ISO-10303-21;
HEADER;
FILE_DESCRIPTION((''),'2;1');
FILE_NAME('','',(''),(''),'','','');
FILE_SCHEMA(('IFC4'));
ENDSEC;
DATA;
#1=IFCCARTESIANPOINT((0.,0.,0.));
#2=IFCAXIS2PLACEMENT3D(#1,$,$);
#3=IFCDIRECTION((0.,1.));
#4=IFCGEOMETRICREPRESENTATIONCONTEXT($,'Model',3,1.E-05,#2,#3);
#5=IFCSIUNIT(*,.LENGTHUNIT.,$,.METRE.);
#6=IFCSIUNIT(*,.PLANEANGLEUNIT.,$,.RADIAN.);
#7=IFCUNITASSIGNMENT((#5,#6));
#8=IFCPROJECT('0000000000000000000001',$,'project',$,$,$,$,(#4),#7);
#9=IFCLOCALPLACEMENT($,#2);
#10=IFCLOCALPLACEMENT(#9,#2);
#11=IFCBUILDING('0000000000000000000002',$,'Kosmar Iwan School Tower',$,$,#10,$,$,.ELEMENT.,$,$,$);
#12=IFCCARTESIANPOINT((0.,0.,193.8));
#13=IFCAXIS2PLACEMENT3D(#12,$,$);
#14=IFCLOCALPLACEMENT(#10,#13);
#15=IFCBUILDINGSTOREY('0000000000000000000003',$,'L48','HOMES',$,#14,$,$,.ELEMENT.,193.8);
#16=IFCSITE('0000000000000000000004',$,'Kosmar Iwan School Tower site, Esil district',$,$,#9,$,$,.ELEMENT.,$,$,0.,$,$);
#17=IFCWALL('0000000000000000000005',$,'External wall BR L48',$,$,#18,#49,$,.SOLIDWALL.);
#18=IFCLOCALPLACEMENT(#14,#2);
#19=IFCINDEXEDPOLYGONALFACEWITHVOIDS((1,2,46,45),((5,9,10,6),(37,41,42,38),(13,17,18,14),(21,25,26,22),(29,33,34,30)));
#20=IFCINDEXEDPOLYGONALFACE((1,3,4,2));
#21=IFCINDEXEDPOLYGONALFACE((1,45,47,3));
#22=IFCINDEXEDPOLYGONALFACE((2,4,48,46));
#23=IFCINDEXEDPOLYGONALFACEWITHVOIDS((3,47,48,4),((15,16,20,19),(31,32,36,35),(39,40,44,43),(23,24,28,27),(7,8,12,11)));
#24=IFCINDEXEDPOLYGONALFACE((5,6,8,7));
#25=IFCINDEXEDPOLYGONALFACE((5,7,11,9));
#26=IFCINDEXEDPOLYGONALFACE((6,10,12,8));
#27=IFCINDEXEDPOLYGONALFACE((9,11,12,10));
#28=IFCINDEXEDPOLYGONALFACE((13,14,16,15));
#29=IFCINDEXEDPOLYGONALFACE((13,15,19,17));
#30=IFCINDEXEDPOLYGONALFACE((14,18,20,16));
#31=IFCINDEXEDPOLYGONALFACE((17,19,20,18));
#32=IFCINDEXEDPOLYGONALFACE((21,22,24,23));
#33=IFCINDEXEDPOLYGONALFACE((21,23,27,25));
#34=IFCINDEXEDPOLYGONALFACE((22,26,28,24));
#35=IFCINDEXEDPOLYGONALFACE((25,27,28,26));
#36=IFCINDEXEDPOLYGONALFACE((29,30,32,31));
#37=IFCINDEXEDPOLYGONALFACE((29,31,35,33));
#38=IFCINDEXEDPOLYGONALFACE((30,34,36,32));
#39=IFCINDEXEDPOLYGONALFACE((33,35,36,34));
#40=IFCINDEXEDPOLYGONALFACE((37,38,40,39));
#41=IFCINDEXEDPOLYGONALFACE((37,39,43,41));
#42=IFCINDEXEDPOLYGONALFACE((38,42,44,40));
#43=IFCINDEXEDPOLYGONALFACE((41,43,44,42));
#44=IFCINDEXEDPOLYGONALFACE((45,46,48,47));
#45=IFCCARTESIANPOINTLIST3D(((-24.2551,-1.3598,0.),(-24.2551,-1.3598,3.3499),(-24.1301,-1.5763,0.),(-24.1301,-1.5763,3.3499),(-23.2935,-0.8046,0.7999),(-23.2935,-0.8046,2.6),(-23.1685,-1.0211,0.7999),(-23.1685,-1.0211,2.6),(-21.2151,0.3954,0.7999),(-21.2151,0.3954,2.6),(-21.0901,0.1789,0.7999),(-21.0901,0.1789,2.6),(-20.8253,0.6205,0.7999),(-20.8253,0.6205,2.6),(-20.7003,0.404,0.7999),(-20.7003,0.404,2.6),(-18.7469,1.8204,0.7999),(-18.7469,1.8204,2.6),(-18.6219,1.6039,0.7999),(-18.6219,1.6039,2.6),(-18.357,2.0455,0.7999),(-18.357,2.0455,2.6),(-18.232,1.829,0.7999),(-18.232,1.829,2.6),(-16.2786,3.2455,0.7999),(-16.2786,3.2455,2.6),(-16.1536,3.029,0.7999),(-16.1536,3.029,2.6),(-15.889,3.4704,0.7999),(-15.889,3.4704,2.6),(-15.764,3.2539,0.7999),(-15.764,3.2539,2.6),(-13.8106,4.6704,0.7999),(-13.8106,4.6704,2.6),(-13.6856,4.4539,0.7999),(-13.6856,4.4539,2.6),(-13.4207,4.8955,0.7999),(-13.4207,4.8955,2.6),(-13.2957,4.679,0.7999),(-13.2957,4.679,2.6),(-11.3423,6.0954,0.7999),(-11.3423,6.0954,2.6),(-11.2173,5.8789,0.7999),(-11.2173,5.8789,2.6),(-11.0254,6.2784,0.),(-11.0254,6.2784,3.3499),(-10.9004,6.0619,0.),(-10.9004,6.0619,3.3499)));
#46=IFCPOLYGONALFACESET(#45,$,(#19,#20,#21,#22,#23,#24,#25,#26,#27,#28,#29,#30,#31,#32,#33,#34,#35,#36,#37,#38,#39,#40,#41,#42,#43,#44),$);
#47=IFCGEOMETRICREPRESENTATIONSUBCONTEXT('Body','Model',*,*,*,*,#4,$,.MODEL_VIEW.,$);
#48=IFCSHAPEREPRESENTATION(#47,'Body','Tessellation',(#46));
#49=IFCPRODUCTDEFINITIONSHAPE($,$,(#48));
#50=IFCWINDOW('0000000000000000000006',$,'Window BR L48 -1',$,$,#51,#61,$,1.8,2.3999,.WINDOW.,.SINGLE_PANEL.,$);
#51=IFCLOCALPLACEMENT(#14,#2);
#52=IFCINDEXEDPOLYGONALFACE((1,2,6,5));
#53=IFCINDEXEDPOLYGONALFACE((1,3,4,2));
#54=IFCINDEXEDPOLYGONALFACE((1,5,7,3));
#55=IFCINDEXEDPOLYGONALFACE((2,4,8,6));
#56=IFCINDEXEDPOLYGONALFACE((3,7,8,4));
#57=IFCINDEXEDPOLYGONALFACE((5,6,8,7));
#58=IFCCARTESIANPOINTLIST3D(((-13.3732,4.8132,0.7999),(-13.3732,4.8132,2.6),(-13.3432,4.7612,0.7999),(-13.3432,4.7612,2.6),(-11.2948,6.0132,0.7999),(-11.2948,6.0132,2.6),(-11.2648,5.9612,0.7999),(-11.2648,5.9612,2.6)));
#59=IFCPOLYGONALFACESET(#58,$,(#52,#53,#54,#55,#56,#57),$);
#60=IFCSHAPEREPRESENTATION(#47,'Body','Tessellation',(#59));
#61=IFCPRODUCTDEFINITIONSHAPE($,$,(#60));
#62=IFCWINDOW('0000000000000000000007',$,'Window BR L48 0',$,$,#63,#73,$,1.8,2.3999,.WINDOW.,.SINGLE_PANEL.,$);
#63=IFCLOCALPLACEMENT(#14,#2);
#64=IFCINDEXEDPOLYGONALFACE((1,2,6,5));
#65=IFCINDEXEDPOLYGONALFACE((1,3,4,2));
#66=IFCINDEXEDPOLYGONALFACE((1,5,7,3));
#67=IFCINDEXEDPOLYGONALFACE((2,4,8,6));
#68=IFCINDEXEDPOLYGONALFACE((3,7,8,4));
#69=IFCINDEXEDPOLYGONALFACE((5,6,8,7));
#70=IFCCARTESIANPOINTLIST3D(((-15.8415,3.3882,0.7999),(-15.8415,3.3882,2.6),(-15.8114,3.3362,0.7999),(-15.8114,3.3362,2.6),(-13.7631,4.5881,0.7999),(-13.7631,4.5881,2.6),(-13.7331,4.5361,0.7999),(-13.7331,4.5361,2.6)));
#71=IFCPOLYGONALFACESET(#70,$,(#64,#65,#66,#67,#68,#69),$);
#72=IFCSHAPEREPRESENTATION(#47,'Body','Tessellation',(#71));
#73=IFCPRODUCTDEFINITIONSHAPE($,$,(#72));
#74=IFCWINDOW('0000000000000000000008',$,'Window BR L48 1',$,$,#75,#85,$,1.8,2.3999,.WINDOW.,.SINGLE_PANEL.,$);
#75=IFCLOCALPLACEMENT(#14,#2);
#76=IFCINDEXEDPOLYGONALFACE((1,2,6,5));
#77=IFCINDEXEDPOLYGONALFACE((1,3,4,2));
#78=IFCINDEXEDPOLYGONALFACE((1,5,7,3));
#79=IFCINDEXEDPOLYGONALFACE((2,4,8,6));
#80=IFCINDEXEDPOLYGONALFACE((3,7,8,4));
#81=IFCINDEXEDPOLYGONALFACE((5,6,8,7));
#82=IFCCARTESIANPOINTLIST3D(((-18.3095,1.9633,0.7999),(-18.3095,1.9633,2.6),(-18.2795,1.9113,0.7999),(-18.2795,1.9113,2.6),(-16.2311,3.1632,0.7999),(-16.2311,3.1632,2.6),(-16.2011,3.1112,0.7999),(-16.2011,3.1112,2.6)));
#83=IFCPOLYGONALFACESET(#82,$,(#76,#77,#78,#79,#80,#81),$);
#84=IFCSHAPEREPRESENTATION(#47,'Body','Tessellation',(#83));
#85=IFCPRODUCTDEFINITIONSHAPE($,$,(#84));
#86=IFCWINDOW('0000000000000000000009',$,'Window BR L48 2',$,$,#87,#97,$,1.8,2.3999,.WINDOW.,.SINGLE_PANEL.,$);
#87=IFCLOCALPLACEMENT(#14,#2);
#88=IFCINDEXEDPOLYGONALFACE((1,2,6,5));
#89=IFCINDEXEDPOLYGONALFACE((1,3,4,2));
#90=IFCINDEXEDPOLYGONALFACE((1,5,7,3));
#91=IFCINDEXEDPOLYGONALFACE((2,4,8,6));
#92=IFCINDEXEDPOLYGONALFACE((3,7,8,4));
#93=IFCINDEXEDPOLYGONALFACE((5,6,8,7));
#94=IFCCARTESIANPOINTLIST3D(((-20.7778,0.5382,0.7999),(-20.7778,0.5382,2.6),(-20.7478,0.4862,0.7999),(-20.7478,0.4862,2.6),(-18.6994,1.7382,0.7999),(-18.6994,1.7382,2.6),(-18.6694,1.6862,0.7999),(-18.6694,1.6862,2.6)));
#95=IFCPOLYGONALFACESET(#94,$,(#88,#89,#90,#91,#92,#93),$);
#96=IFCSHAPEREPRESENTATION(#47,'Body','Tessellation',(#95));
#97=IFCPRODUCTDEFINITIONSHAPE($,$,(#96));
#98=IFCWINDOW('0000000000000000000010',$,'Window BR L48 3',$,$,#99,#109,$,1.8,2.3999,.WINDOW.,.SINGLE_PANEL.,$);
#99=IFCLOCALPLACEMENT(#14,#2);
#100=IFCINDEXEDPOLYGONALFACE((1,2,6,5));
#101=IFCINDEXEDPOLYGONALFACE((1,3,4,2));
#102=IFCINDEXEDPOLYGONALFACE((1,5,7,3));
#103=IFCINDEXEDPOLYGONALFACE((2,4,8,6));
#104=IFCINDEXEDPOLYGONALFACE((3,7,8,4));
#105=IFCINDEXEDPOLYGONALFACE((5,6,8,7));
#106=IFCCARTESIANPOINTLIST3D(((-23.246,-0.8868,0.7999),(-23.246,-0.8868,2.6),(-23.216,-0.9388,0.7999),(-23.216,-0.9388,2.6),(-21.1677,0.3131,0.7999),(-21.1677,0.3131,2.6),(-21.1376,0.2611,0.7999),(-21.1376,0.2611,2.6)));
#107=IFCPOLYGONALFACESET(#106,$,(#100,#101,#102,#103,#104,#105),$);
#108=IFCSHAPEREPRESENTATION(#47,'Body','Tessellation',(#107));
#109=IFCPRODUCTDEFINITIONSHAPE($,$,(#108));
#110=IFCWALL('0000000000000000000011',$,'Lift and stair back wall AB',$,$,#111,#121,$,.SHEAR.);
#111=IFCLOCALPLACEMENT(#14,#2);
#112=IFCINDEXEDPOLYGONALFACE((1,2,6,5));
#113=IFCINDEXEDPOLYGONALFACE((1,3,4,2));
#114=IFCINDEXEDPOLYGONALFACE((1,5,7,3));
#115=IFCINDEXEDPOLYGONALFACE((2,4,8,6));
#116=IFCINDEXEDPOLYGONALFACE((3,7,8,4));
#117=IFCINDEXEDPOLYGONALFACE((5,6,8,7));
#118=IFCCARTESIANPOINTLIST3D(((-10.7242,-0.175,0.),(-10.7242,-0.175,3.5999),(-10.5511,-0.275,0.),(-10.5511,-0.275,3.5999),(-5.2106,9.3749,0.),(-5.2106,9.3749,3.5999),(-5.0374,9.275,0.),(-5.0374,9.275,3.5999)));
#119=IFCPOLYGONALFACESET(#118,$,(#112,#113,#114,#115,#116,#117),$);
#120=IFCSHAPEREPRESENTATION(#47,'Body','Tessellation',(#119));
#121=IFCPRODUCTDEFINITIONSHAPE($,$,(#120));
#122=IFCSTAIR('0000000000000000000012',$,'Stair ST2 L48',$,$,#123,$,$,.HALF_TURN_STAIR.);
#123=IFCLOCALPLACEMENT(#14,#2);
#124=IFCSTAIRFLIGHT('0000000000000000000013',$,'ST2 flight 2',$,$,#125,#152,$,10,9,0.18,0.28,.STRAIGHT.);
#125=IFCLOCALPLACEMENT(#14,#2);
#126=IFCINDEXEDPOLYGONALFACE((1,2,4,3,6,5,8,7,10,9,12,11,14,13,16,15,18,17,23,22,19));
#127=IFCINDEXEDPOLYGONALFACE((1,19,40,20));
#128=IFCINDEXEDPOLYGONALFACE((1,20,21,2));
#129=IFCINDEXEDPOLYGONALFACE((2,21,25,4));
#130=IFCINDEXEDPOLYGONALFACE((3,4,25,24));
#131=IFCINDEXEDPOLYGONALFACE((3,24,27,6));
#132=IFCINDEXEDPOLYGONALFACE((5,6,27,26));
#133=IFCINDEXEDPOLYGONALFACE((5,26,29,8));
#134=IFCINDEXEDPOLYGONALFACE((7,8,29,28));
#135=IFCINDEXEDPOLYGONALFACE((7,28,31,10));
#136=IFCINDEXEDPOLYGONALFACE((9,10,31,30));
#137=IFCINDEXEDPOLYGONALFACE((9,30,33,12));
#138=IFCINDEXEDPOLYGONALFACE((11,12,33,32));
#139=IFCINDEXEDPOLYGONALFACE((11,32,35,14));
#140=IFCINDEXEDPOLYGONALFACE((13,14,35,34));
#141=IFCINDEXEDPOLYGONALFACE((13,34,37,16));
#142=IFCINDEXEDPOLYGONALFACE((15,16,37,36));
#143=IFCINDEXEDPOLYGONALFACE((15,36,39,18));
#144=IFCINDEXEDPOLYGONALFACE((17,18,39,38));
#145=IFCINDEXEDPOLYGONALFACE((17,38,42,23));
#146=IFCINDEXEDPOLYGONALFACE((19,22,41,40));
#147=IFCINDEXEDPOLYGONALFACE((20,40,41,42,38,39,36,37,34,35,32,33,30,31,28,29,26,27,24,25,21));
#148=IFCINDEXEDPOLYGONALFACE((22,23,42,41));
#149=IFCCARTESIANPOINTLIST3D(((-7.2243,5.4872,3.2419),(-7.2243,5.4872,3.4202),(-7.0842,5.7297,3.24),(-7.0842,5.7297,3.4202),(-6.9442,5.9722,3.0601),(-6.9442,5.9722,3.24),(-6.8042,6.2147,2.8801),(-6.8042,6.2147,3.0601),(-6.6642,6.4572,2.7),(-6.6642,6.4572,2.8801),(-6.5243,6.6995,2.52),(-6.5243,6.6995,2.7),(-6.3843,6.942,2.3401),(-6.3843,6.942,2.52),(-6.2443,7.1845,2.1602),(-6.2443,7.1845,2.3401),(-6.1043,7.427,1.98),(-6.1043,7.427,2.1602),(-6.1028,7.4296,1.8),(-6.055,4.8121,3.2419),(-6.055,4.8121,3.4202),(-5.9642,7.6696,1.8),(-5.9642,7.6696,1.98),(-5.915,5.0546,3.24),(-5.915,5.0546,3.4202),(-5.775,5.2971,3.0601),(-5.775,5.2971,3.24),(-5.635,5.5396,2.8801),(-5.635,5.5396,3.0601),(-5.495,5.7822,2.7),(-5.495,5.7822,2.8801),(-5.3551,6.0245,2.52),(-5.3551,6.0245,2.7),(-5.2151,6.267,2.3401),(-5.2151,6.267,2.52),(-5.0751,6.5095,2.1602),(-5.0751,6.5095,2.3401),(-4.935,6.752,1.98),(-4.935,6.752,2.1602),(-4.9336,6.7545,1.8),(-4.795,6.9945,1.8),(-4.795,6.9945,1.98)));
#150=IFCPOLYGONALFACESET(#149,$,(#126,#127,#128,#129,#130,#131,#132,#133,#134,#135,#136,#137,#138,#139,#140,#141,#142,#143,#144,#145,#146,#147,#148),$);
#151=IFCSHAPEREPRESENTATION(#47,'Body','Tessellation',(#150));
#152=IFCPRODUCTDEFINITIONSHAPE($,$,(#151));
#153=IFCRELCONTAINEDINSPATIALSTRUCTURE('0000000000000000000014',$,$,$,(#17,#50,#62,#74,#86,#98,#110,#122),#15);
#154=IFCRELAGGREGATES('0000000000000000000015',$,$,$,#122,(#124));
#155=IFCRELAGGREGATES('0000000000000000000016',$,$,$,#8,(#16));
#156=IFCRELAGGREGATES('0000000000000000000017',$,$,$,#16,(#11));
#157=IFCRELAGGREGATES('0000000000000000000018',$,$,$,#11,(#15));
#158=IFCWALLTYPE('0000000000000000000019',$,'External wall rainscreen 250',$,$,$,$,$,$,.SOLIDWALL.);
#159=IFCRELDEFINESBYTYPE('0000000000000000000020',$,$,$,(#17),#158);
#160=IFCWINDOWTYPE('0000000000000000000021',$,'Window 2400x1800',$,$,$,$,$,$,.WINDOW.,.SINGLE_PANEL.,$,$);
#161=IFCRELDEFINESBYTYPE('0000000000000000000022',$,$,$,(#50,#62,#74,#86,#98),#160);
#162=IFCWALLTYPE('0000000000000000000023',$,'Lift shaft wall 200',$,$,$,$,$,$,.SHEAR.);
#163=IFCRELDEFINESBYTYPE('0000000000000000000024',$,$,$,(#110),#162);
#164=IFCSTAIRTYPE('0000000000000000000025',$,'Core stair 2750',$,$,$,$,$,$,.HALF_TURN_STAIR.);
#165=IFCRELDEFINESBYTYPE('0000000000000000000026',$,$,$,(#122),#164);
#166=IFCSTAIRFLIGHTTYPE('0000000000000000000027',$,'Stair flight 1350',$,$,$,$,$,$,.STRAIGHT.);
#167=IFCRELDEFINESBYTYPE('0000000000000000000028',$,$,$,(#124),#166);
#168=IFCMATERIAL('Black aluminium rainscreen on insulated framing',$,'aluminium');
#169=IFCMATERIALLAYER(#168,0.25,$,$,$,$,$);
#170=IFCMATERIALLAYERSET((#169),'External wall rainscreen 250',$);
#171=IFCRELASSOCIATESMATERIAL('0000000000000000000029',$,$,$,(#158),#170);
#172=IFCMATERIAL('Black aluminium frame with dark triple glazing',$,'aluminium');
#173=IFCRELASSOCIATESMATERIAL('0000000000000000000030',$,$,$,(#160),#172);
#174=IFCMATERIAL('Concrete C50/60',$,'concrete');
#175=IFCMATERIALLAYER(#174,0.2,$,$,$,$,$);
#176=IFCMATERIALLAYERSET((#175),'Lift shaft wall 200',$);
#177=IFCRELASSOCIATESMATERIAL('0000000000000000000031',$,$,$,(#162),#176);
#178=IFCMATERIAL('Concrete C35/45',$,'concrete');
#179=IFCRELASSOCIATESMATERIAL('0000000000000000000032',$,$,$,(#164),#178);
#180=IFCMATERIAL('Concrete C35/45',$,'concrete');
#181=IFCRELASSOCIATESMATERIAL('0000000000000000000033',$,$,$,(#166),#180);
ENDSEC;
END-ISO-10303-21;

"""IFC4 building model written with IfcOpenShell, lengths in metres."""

from ifc_helpers import new_model, si_unit, direction, frame, frame_2d, origin, place, context, subcontext, project, spatial, polyline, rectangle, outline, extrude, material, layer, layer_set, type_object, element, fill, aggregate, save


model = new_model("IFC4")

# Units and contexts
model_context = context("Model", 3, precision=1e-05, world=origin(), true_north=direction((0.0, 1.0)))
body_context = subcontext(model_context, "Body", "Model", "MODEL_VIEW")
ifc_project = project(units=[si_unit("LENGTHUNIT", "METRE"), si_unit("PLANEANGLEUNIT", "RADIAN")], contexts=[model_context])

# Site, building, storey
site_placement = place(None, origin())
site = spatial("IfcSite", under=ifc_project, at=site_placement, Name="Kosmar Iwan School Tower site, Esil district", CompositionType="ELEMENT", RefElevation=0.0)
building_placement = place(site_placement, origin())
building = spatial("IfcBuilding", under=site, at=building_placement, Name="Kosmar Iwan School Tower", CompositionType="ELEMENT")
storey_placement = place(building_placement, frame((0.0, 0.0, 193.8)))
storey = spatial("IfcBuildingStorey", under=building, at=storey_placement, Name="L48", Description="HOMES", CompositionType="ELEMENT", Elevation=193.8)

# Wall, openings, windows
ifc_material_1 = material(Name="Black aluminium rainscreen on insulated framing", Category="aluminium")
ifc_layer_1 = layer(ifc_material_1, 0.25)
ifc_layer_set_1 = layer_set([ifc_layer_1], Name="External wall rainscreen 250")
wall_type_1 = type_object("IfcWallType", Name="External wall rainscreen 250", PredefinedType="SOLIDWALL", material=ifc_layer_set_1)
ifc_material_2 = material(Name="Black aluminium frame with dark triple glazing", Category="aluminium")
window_type = type_object("IfcWindowType", Name="Window 2400x1800", PartitioningType="SINGLE_PANEL", PredefinedType="WINDOW", material=ifc_material_2)
wall_1_placement = place(storey_placement, frame((-10.9629, 6.1702, 0.0), z_axis=(0.0, 0.0, 1.0), x_axis=(-0.866026, -0.5, 0.0)))
wall_1 = element("IfcWall", 1, at=wall_1_placement, inside=storey, type_object=wall_type_1, Name="External wall BR L48", PredefinedType="SOLIDWALL", context=body_context, shape_type="SweptSolid", body=[
    extrude(rectangle(XDim=15.2764, YDim=0.25, at=frame_2d((7.6382, 0.0))), origin(), (0.0, 0.0, 1.0), 3.3499),
])
opening_1_placement = place(wall_1_placement, frame((0.366, 0.0, 0.8)))
opening_1 = element("IfcOpeningElement", 2, at=opening_1_placement, cuts=wall_1, PredefinedType="OPENING", context=body_context, shape_type="SweptSolid", body=[
    extrude(rectangle(XDim=2.3999, YDim=1.8, at=frame_2d((1.2, 0.8999))), frame((0.0, 0.137, 0.0), z_axis=(0.0, -1.0, 0.0), x_axis=(1.0, 0.0, 0.0)), (0.0, 0.0, 1.0), 0.2739),
])
opening_2_placement = place(wall_1_placement, frame((3.2161, 0.0, 0.8)))
opening_2 = element("IfcOpeningElement", 3, at=opening_2_placement, cuts=wall_1, PredefinedType="OPENING", context=body_context, shape_type="SweptSolid", body=[
    extrude(rectangle(XDim=2.3999, YDim=1.8, at=frame_2d((1.2, 0.8999))), frame((0.0, 0.137, 0.0), z_axis=(0.0, -1.0, 0.0), x_axis=(1.0, 0.0, 0.0)), (0.0, 0.0, 1.0), 0.2739),
])
opening_3_placement = place(wall_1_placement, frame((6.0659, 0.0, 0.8)))
opening_3 = element("IfcOpeningElement", 4, at=opening_3_placement, cuts=wall_1, PredefinedType="OPENING", context=body_context, shape_type="SweptSolid", body=[
    extrude(rectangle(XDim=2.3999, YDim=1.8, at=frame_2d((1.2, 0.8999))), frame((0.0, 0.137, 0.0), z_axis=(0.0, -1.0, 0.0), x_axis=(1.0, 0.0, 0.0)), (0.0, 0.0, 1.0), 0.2739),
])
opening_4_placement = place(wall_1_placement, frame((8.916, 0.0, 0.8)))
opening_4 = element("IfcOpeningElement", 5, at=opening_4_placement, cuts=wall_1, PredefinedType="OPENING", context=body_context, shape_type="SweptSolid", body=[
    extrude(rectangle(XDim=2.3999, YDim=1.8, at=frame_2d((1.2, 0.8999))), frame((0.0, 0.137, 0.0), z_axis=(0.0, -1.0, 0.0), x_axis=(1.0, 0.0, 0.0)), (0.0, 0.0, 1.0), 0.2739),
])
opening_5_placement = place(wall_1_placement, frame((11.7661, 0.0, 0.8)))
opening_5 = element("IfcOpeningElement", 6, at=opening_5_placement, cuts=wall_1, PredefinedType="OPENING", context=body_context, shape_type="SweptSolid", body=[
    extrude(rectangle(XDim=2.3999, YDim=1.8, at=frame_2d((1.2, 0.8999))), frame((0.0, 0.137, 0.0), z_axis=(0.0, -1.0, 0.0), x_axis=(1.0, 0.0, 0.0)), (0.0, 0.0, 1.0), 0.2739),
])
window_1_placement = place(opening_1_placement, origin())
window_1 = element("IfcWindow", 7, at=window_1_placement, inside=storey, type_object=window_type, Name="Window BR L48 -1", OverallHeight=1.8, OverallWidth=2.3999, PartitioningType="SINGLE_PANEL", PredefinedType="WINDOW", context=body_context, shape_type="SweptSolid", body=[
    extrude(rectangle(XDim=2.3999, YDim=1.8, at=frame_2d((1.2, 0.8999))), frame((0.0, 0.03, 0.0), z_axis=(0.0, -1.0, 0.0), x_axis=(1.0, 0.0, 0.0)), (0.0, 0.0, 1.0), 0.0601),
])
fill(opening_1, window_1)
window_2_placement = place(opening_2_placement, origin())
window_2 = element("IfcWindow", 8, at=window_2_placement, inside=storey, type_object=window_type, Name="Window BR L48 0", OverallHeight=1.8, OverallWidth=2.3999, PartitioningType="SINGLE_PANEL", PredefinedType="WINDOW", context=body_context, shape_type="SweptSolid", body=[
    extrude(rectangle(XDim=2.3999, YDim=1.8, at=frame_2d((1.2, 0.8999))), frame((0.0, 0.03, 0.0), z_axis=(0.0, -1.0, 0.0), x_axis=(1.0, 0.0, 0.0)), (0.0, 0.0, 1.0), 0.0601),
])
fill(opening_2, window_2)
window_3_placement = place(opening_3_placement, origin())
window_3 = element("IfcWindow", 9, at=window_3_placement, inside=storey, type_object=window_type, Name="Window BR L48 1", OverallHeight=1.8, OverallWidth=2.3999, PartitioningType="SINGLE_PANEL", PredefinedType="WINDOW", context=body_context, shape_type="SweptSolid", body=[
    extrude(rectangle(XDim=2.3999, YDim=1.8, at=frame_2d((1.2, 0.8999))), frame((0.0, 0.03, 0.0), z_axis=(0.0, -1.0, 0.0), x_axis=(1.0, 0.0, 0.0)), (0.0, 0.0, 1.0), 0.0601),
])
fill(opening_3, window_3)
window_4_placement = place(opening_4_placement, origin())
window_4 = element("IfcWindow", 10, at=window_4_placement, inside=storey, type_object=window_type, Name="Window BR L48 2", OverallHeight=1.8, OverallWidth=2.3999, PartitioningType="SINGLE_PANEL", PredefinedType="WINDOW", context=body_context, shape_type="SweptSolid", body=[
    extrude(rectangle(XDim=2.3999, YDim=1.8, at=frame_2d((1.2, 0.8999))), frame((0.0, 0.03, 0.0), z_axis=(0.0, -1.0, 0.0), x_axis=(1.0, 0.0, 0.0)), (0.0, 0.0, 1.0), 0.0601),
])
fill(opening_4, window_4)
window_5_placement = place(opening_5_placement, origin())
window_5 = element("IfcWindow", 11, at=window_5_placement, inside=storey, type_object=window_type, Name="Window BR L48 3", OverallHeight=1.8, OverallWidth=2.3999, PartitioningType="SINGLE_PANEL", PredefinedType="WINDOW", context=body_context, shape_type="SweptSolid", body=[
    extrude(rectangle(XDim=2.3999, YDim=1.8, at=frame_2d((1.2, 0.8999))), frame((0.0, 0.03, 0.0), z_axis=(0.0, -1.0, 0.0), x_axis=(1.0, 0.0, 0.0)), (0.0, 0.0, 1.0), 0.0601),
])
fill(opening_5, window_5)

# Wall
ifc_material_3 = material(Name="Concrete C50/60", Category="concrete")
ifc_layer_2 = layer(ifc_material_3, 0.2)
ifc_layer_set_2 = layer_set([ifc_layer_2], Name="Lift shaft wall 200")
wall_type_2 = type_object("IfcWallType", Name="Lift shaft wall 200", PredefinedType="SHEAR", material=ifc_layer_set_2)
wall_2_placement = place(storey_placement, frame((-5.124, 9.325, 0.0), z_axis=(0.0, 0.0, 1.0), x_axis=(-0.499997, -0.866027, 0.0)))
element("IfcWall", 12, at=wall_2_placement, inside=storey, type_object=wall_type_2, Name="Lift and stair back wall AB", PredefinedType="SHEAR", context=body_context, shape_type="SweptSolid", body=[
    extrude(rectangle(XDim=11.0273, YDim=0.2, at=frame_2d((5.5137, 0.0))), origin(), (0.0, 0.0, 1.0), 3.5999),
])

# Stair, stair flight
ifc_material_4 = material(Name="Concrete C35/45", Category="concrete")
stair_type = type_object("IfcStairType", Name="Core stair 2750", PredefinedType="HALF_TURN_STAIR", material=ifc_material_4)
stair_placement = place(storey_placement, origin())
stair = element("IfcStair", 13, at=stair_placement, inside=storey, type_object=stair_type, Name="Stair ST2 L48", PredefinedType="HALF_TURN_STAIR")
ifc_material_5 = material(Name="Concrete C35/45", Category="concrete")
stair_flight_type = type_object("IfcStairFlightType", Name="Stair flight 1350", PredefinedType="STRAIGHT", material=ifc_material_5)
stair_flight_placement = place(storey_placement, frame((-5.3796, 7.332, 1.8), z_axis=(0.0, 0.0, 1.0), x_axis=(-0.5, -0.866025, 0.0)))
stair_flight = element("IfcStairFlight", 14, at=stair_flight_placement, type_object=stair_flight_type, Name="ST2 flight 2", NumberOfRisers=10, NumberOfTreads=9, PredefinedType="STRAIGHT", RiserHeight=0.18, TreadLength=0.28, context=body_context, shape_type="SweptSolid", body=[
    extrude(outline(polyline([(0.0, 0.0), (0.0, 0.1799), (0.28, 0.1799), (0.28, 0.3601), (0.5601, 0.3601), (0.5601, 0.54), (0.8401, 0.54), (0.8401, 0.72), (1.1201, 0.72), (1.1201, 0.8999), (1.3999, 0.8999), (1.3999, 1.0801), (1.6799, 1.0801), (1.6799, 1.26), (1.96, 1.26), (1.96, 1.4399), (2.24, 1.4399), (2.24, 1.6201), (2.52, 1.6201), (2.52, 1.8), (2.52, 1.4419), (0.2771, 0.0), (0.0, 0.0)])), frame((0.0, 0.675, 0.0), z_axis=(0.0, -1.0, 0.0), x_axis=(1.0, 0.0, 0.0)), (0.0, 0.0, 1.0), 1.3501),
])
aggregate(stair, [stair_flight])

save(model, "model.ifc")
